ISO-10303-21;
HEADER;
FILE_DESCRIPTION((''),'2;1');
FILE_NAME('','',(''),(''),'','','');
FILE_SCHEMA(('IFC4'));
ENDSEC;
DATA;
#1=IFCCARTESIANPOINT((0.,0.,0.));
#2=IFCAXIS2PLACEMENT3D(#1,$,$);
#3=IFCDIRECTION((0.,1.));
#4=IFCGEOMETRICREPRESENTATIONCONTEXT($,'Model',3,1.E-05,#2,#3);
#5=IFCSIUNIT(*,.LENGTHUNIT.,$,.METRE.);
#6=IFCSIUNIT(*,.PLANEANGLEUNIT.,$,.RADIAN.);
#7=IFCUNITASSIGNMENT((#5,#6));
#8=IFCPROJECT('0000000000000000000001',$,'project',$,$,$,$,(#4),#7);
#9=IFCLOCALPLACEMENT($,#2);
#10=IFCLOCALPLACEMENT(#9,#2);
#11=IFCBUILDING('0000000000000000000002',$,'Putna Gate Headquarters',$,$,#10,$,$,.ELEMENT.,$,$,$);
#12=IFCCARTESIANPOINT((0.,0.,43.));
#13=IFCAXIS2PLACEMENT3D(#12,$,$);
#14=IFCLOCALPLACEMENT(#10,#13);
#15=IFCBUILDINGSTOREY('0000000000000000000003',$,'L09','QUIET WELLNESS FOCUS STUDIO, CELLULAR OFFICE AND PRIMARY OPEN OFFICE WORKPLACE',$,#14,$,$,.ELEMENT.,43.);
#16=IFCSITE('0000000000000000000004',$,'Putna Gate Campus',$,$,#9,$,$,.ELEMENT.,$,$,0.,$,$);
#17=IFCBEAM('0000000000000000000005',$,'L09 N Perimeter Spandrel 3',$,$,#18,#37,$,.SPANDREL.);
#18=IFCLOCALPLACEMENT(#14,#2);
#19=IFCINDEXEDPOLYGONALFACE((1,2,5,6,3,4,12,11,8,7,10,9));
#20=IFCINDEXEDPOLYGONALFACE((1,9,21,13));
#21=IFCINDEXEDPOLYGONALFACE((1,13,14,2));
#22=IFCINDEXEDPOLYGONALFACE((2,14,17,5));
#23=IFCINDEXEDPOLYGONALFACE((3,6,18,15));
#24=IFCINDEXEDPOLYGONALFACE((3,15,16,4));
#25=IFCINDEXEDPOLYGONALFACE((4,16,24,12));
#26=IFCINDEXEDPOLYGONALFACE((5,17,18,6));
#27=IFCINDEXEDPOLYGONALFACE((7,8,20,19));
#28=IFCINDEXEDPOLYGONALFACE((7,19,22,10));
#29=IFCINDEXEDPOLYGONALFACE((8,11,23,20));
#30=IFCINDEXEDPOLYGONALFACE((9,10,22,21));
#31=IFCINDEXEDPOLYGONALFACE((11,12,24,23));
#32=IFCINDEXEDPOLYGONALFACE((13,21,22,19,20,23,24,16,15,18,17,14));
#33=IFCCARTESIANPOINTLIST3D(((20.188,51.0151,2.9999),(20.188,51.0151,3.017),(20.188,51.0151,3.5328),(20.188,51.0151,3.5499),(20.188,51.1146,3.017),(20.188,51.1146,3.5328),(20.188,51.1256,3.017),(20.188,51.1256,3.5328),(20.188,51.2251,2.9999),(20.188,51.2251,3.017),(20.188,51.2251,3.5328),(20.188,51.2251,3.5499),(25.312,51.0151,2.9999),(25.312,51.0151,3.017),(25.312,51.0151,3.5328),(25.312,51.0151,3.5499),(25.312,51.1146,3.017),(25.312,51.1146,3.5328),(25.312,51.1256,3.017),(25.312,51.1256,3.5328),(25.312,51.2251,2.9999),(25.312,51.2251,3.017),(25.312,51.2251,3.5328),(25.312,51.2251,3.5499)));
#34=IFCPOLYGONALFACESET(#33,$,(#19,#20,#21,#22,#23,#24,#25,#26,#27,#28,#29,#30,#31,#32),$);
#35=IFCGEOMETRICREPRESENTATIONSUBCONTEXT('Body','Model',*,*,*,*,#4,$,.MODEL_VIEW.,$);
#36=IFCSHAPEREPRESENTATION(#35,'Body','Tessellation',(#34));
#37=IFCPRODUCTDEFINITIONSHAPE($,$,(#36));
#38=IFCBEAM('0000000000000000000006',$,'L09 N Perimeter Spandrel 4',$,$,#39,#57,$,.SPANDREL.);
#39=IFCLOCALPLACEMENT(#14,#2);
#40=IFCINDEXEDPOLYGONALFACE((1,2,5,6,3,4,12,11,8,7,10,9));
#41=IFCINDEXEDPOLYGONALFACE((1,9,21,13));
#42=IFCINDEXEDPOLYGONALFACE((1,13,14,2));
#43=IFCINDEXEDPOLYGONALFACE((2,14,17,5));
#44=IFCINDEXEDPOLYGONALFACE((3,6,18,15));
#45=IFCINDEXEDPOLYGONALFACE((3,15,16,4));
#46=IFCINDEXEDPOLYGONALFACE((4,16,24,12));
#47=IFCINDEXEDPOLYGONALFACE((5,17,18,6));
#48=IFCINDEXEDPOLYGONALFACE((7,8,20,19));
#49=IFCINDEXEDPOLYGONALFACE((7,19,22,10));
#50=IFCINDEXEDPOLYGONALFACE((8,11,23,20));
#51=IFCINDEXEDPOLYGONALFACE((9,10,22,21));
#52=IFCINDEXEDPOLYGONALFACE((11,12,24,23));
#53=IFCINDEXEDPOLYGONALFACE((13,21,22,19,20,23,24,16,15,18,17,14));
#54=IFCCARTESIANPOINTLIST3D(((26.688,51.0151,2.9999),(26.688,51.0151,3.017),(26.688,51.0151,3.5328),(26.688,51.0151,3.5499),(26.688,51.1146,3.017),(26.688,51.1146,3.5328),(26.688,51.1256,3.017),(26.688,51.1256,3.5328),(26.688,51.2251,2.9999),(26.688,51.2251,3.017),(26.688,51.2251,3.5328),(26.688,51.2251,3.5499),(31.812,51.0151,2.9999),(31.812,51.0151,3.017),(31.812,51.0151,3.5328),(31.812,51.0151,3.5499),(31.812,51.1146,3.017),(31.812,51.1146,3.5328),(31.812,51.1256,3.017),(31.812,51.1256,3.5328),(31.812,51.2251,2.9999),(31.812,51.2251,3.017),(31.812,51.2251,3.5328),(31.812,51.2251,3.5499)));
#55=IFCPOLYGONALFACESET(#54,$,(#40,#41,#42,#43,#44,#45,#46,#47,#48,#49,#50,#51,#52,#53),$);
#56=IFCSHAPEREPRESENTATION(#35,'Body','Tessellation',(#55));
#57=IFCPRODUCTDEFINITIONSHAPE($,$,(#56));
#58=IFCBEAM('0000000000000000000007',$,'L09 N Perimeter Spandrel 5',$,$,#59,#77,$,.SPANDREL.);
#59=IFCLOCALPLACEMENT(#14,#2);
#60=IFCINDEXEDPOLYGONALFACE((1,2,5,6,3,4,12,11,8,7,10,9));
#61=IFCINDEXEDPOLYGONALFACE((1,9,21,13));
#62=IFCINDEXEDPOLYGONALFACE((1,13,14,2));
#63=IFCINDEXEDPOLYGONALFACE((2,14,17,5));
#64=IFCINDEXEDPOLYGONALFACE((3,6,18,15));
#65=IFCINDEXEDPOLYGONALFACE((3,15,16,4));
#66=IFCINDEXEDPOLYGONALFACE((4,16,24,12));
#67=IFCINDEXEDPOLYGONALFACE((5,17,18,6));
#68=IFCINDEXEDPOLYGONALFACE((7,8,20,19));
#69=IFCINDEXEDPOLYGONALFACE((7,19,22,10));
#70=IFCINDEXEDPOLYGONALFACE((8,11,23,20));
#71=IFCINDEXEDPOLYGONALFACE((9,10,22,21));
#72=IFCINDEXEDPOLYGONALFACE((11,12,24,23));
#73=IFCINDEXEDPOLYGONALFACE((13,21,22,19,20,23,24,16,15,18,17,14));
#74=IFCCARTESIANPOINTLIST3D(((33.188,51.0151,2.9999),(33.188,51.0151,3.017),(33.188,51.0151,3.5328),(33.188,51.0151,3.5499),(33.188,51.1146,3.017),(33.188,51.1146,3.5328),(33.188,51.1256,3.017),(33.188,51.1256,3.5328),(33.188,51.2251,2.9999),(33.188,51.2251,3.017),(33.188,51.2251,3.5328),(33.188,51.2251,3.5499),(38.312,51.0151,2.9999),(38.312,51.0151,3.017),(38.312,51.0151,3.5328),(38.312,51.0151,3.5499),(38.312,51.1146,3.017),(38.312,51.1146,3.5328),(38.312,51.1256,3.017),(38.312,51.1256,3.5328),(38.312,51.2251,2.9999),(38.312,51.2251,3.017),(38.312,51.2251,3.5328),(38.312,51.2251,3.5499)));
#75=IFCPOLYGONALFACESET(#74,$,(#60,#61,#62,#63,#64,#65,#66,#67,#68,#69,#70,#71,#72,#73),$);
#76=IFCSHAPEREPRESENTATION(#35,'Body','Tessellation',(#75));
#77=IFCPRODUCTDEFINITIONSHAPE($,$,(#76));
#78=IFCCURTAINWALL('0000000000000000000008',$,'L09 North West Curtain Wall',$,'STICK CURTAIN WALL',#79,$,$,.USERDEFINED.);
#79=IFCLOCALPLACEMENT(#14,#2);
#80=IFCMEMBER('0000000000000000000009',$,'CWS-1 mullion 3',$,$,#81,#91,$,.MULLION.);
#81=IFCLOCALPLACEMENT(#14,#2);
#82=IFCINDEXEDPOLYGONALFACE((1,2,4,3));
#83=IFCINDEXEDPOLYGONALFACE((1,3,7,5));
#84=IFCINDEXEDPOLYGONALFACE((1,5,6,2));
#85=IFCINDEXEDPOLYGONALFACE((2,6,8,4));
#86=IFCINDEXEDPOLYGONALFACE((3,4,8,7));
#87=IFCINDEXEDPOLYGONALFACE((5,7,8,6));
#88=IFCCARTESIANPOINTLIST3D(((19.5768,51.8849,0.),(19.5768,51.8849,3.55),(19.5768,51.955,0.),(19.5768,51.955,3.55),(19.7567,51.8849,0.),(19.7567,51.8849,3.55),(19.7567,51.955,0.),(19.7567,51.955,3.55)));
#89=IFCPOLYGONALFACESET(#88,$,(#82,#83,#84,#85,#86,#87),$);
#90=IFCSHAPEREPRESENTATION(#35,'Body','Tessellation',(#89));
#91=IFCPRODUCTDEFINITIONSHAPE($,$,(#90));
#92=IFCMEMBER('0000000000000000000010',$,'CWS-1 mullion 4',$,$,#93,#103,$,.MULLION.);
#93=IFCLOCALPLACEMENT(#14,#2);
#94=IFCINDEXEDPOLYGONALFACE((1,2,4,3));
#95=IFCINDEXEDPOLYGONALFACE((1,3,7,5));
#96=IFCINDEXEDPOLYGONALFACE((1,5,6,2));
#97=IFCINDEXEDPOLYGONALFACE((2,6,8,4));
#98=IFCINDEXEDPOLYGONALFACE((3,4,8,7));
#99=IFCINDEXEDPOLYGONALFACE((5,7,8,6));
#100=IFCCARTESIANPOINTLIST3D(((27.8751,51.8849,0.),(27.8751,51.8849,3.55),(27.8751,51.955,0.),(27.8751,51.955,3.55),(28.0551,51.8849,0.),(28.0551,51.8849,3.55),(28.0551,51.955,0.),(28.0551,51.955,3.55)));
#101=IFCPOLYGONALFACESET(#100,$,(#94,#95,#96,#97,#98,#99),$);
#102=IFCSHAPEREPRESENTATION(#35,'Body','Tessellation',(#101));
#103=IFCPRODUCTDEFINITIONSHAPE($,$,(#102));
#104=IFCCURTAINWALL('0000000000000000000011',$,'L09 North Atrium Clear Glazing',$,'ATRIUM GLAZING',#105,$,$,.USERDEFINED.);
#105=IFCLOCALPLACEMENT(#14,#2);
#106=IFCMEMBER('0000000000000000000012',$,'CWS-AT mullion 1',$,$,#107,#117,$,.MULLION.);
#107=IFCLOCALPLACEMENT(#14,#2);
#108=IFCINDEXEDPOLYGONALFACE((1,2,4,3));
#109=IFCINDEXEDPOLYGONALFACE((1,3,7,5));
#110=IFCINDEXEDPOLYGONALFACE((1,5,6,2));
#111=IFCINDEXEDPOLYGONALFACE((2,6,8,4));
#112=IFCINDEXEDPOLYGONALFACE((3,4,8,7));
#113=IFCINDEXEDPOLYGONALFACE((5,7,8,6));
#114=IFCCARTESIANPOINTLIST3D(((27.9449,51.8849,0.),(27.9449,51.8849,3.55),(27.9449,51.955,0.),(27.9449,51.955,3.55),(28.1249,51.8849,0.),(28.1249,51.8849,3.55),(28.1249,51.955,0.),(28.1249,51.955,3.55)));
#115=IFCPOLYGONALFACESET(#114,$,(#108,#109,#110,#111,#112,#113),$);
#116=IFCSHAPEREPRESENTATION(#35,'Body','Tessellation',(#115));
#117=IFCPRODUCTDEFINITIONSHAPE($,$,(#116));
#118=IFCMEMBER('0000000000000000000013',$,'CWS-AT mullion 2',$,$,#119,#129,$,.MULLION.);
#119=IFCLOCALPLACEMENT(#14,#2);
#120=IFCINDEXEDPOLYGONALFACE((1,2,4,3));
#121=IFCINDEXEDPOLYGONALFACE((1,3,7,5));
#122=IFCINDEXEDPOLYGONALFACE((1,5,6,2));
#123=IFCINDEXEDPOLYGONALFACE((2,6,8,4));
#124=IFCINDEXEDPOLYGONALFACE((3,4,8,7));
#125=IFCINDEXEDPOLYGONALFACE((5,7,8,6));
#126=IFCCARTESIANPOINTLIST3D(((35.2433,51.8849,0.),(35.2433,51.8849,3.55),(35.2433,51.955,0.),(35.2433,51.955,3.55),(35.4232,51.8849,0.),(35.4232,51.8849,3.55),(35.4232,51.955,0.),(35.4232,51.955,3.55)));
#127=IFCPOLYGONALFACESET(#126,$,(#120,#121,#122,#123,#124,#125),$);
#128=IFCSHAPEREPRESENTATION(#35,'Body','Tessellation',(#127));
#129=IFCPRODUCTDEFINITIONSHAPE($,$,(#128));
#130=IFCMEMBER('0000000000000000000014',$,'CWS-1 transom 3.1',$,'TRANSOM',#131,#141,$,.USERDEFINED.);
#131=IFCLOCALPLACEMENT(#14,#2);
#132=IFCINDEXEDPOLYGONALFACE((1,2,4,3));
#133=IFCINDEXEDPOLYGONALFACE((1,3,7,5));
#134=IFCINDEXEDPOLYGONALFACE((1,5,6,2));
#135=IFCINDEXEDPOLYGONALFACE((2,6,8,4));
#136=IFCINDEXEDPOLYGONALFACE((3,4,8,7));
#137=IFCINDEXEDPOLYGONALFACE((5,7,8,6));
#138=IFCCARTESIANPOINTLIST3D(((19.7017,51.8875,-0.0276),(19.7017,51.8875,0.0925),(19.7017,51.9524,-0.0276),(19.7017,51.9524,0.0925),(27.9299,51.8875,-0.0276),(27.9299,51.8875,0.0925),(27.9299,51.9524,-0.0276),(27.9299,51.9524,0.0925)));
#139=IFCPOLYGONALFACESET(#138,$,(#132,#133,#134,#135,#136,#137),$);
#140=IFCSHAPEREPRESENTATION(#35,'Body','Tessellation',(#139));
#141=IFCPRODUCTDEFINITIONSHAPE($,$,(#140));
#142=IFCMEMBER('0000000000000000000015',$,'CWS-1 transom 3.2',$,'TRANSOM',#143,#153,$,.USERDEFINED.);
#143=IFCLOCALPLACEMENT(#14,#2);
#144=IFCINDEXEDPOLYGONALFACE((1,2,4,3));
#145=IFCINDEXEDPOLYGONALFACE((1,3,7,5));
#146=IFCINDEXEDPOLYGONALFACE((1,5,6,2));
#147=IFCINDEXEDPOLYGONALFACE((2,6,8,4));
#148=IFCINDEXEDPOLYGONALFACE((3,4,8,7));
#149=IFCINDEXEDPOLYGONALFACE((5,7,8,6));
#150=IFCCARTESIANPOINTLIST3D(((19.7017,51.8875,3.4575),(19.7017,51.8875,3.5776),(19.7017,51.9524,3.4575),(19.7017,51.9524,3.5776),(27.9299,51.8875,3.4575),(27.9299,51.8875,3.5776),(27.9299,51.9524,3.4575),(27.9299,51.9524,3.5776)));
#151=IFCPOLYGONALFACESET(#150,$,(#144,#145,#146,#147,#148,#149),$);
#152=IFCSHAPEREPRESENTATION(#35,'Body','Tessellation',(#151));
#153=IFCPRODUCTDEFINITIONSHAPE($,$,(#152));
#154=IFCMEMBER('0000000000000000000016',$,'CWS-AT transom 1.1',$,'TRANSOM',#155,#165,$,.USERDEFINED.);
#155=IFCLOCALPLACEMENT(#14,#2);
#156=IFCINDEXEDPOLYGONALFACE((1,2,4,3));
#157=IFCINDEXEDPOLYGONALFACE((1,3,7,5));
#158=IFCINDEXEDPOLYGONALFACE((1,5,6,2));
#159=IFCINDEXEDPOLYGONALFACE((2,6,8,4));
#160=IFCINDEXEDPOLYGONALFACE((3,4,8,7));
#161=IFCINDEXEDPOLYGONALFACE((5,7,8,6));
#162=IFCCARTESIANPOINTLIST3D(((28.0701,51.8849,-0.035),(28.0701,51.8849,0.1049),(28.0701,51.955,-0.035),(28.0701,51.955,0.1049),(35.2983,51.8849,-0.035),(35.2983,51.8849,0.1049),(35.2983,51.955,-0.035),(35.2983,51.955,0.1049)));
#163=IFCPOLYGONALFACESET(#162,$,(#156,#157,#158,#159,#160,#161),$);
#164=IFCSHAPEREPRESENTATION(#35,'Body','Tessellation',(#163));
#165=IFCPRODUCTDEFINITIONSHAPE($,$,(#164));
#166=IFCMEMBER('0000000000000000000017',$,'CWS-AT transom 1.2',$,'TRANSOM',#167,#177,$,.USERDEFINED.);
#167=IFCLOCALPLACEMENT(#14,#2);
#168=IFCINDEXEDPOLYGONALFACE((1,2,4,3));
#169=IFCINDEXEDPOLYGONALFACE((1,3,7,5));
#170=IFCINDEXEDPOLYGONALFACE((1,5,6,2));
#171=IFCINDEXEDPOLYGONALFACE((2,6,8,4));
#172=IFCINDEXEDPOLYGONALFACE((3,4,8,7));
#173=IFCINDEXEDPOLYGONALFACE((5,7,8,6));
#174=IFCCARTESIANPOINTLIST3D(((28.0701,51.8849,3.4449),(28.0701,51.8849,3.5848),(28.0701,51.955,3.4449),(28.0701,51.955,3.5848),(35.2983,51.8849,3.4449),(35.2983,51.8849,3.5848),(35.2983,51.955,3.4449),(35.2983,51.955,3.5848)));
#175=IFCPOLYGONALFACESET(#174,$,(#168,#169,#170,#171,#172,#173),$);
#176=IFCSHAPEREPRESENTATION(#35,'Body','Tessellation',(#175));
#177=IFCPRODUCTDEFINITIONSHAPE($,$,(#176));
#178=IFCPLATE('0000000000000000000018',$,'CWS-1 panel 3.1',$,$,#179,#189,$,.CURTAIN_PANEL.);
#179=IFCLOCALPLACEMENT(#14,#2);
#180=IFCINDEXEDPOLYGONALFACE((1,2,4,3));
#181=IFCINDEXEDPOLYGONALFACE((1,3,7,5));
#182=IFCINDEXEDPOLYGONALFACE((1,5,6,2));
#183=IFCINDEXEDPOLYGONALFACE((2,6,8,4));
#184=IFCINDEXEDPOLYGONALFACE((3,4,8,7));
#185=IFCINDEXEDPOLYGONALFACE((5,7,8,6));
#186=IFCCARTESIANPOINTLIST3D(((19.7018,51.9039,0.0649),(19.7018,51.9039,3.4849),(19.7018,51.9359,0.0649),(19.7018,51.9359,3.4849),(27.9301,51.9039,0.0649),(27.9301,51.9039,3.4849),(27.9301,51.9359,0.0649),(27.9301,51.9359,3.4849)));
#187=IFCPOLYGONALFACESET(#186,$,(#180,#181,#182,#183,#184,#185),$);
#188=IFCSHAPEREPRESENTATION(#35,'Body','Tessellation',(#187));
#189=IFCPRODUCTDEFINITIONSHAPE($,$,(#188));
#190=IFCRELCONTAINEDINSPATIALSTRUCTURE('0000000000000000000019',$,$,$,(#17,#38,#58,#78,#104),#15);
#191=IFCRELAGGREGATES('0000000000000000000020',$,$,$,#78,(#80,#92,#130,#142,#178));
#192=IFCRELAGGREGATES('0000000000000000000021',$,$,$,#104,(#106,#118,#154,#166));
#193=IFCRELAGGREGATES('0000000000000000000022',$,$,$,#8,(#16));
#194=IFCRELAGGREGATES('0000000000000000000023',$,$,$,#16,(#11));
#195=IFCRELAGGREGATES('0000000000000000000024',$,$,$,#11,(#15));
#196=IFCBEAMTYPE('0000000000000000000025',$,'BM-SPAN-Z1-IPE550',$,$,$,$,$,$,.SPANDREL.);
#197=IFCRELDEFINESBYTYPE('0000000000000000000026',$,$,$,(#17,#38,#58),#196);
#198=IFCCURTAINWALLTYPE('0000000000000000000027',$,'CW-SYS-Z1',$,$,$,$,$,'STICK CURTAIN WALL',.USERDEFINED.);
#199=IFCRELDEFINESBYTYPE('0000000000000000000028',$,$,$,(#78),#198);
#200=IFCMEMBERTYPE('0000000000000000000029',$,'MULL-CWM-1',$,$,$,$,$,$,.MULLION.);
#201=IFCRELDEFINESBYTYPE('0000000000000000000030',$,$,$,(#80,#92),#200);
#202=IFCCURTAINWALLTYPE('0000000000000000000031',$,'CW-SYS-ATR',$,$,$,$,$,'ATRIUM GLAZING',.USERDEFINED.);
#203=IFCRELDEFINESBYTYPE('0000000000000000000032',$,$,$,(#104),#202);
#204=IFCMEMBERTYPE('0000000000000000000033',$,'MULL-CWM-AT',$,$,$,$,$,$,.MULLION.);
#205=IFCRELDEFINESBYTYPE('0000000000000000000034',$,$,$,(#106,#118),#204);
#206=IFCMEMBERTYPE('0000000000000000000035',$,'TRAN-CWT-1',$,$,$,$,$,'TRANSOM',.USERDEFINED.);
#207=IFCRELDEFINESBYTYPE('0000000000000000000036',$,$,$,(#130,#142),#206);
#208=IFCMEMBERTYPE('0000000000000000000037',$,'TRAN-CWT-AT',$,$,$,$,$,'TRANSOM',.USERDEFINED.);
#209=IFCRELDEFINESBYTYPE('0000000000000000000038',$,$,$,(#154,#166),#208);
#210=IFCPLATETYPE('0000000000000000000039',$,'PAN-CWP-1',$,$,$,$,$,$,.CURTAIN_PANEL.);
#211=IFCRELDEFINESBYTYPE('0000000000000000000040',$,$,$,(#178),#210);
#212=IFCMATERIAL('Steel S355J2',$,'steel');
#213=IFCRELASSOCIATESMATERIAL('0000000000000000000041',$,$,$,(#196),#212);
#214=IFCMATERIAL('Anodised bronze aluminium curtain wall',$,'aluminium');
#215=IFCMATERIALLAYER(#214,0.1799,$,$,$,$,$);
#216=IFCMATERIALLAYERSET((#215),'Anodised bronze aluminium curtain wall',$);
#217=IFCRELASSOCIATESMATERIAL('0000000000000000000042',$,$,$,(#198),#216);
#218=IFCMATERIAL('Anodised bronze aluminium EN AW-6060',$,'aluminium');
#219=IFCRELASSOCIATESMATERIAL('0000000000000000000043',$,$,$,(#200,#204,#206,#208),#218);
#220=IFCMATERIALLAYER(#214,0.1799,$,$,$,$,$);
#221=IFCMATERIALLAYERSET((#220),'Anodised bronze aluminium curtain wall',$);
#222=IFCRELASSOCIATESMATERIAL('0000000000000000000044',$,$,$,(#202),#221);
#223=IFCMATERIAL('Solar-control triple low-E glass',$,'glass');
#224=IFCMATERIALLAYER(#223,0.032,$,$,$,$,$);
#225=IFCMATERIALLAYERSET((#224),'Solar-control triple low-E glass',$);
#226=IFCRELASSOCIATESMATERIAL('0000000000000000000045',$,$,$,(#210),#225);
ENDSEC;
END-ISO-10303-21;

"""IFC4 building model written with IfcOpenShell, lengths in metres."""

from ifc_helpers import new_model, si_unit, direction, frame, origin, origin_2d, place, context, subcontext, project, spatial, rectangle, i_section, extrude, material, layer, layer_set, material_profile, profile_set, type_object, element, aggregate, save


model = new_model("IFC4")

# Units and contexts
model_context = context("Model", 3, precision=1e-05, world=origin(), true_north=direction((0.0, 1.0)))
body_context = subcontext(model_context, "Body", "Model", "MODEL_VIEW")
ifc_project = project(units=[si_unit("LENGTHUNIT", "METRE"), si_unit("PLANEANGLEUNIT", "RADIAN")], contexts=[model_context])

# Site, building, storey
site_placement = place(None, origin())
site = spatial("IfcSite", under=ifc_project, at=site_placement, Name="Putna Gate Campus", CompositionType="ELEMENT", RefElevation=0.0)
building_placement = place(site_placement, origin())
building = spatial("IfcBuilding", under=site, at=building_placement, Name="Putna Gate Headquarters", CompositionType="ELEMENT")
storey_placement = place(building_placement, frame((0.0, 0.0, 43.0)))
storey = spatial("IfcBuildingStorey", under=building, at=storey_placement, Name="L09", Description="QUIET WELLNESS FOCUS STUDIO, CELLULAR OFFICE AND PRIMARY OPEN OFFICE WORKPLACE", CompositionType="ELEMENT", Elevation=43.0)

# Beams
ifc_material_1 = material(Name="Steel S355J2", Category="steel")
ifc_material_profile_1 = material_profile(ifc_material_1, i_section(OverallWidth=0.21, OverallDepth=0.55, WebThickness=0.011, FlangeThickness=0.0171, at=origin_2d()), Name="Steel S355J2")
ifc_profile_set_1 = profile_set([ifc_material_profile_1], Name="Steel S355J2")
beam_type_1 = type_object("IfcBeamType", Name="BM-SPAN-Z1-IPE550", PredefinedType="SPANDREL", material=ifc_profile_set_1)
for number, where, z_axis, x_axis, name in (
    (1, (20.188, 51.1201, 3.2749), (1.0, 0.0, 0.0), (0.0, 1.0, 0.0), "L09 N Perimeter Spandrel 3"),
    (2, (26.688, 51.1201, 3.2749), (1.0, 0.0, 0.0), (0.0, 1.0, 0.0), "L09 N Perimeter Spandrel 4"),
    (3, (33.188, 51.1201, 3.2749), (1.0, 0.0, 0.0), (0.0, 1.0, 0.0), "L09 N Perimeter Spandrel 5"),
):
    element("IfcBeam", number, at=place(storey_placement, frame(where, z_axis=z_axis, x_axis=x_axis)), inside=storey, type_object=beam_type_1, Name=name, PredefinedType="SPANDREL", context=body_context, shape_type="SweptSolid", body=[
        extrude(i_section(OverallWidth=0.21, OverallDepth=0.55, WebThickness=0.011, FlangeThickness=0.0171, at=origin_2d()), origin(), (0.0, 0.0, 1.0), 5.124),
    ])

# Curtain walls, members
ifc_material_2 = material(Name="Anodised bronze aluminium curtain wall", Category="aluminium")
ifc_layer_1 = layer(ifc_material_2, 0.1799)
ifc_layer_set_1 = layer_set([ifc_layer_1], Name="Anodised bronze aluminium curtain wall")
curtain_wall_type_1 = type_object("IfcCurtainWallType", Name="CW-SYS-Z1", ElementType="STICK CURTAIN WALL", PredefinedType="USERDEFINED", material=ifc_layer_set_1)
curtain_wall_1_placement = place(storey_placement, origin())
curtain_wall_1 = element("IfcCurtainWall", 4, at=curtain_wall_1_placement, inside=storey, type_object=curtain_wall_type_1, Name="L09 North West Curtain Wall", ObjectType="STICK CURTAIN WALL", PredefinedType="USERDEFINED")
ifc_material_3 = material(Name="Anodised bronze aluminium EN AW-6060", Category="aluminium")
ifc_material_profile_2 = material_profile(ifc_material_3, rectangle(XDim=0.0701, YDim=0.1799, at=origin_2d()), Name="Anodised bronze aluminium EN AW-6060")
ifc_profile_set_2 = profile_set([ifc_material_profile_2], Name="Anodised bronze aluminium EN AW-6060")
member_type_1 = type_object("IfcMemberType", Name="MULL-CWM-1", PredefinedType="MULLION", material=ifc_profile_set_2)
member_1_placement = place(storey_placement, frame((19.6667, 51.9199, 0.0), z_axis=(0.0, 0.0, 1.0), x_axis=(0.0, 1.0, 0.0)))
member_1 = element("IfcMember", 5, at=member_1_placement, type_object=member_type_1, Name="CWS-1 mullion 3", PredefinedType="MULLION", context=body_context, shape_type="SweptSolid", body=[
    extrude(rectangle(XDim=0.0701, YDim=0.1799, at=origin_2d()), origin(), (0.0, 0.0, 1.0), 3.55),
])
member_2_placement = place(storey_placement, frame((27.9651, 51.9199, 0.0), z_axis=(0.0, 0.0, 1.0), x_axis=(0.0, 1.0, 0.0)))
member_2 = element("IfcMember", 6, at=member_2_placement, type_object=member_type_1, Name="CWS-1 mullion 4", PredefinedType="MULLION", context=body_context, shape_type="SweptSolid", body=[
    extrude(rectangle(XDim=0.0701, YDim=0.1799, at=origin_2d()), origin(), (0.0, 0.0, 1.0), 3.55),
])
ifc_layer_2 = layer(ifc_material_2, 0.1799)
ifc_layer_set_2 = layer_set([ifc_layer_2], Name="Anodised bronze aluminium curtain wall")
curtain_wall_type_2 = type_object("IfcCurtainWallType", Name="CW-SYS-ATR", ElementType="ATRIUM GLAZING", PredefinedType="USERDEFINED", material=ifc_layer_set_2)
curtain_wall_2_placement = place(storey_placement, origin())
curtain_wall_2 = element("IfcCurtainWall", 7, at=curtain_wall_2_placement, inside=storey, type_object=curtain_wall_type_2, Name="L09 North Atrium Clear Glazing", ObjectType="ATRIUM GLAZING", PredefinedType="USERDEFINED")
ifc_material_profile_3 = material_profile(ifc_material_3, rectangle(XDim=0.0701, YDim=0.1799, at=origin_2d()), Name="Anodised bronze aluminium EN AW-6060")
ifc_profile_set_3 = profile_set([ifc_material_profile_3], Name="Anodised bronze aluminium EN AW-6060")
member_type_2 = type_object("IfcMemberType", Name="MULL-CWM-AT", PredefinedType="MULLION", material=ifc_profile_set_3)
member_3_placement = place(storey_placement, frame((28.0349, 51.9199, 0.0), z_axis=(0.0, 0.0, 1.0), x_axis=(0.0, 1.0, 0.0)))
member_3 = element("IfcMember", 8, at=member_3_placement, type_object=member_type_2, Name="CWS-AT mullion 1", PredefinedType="MULLION", context=body_context, shape_type="SweptSolid", body=[
    extrude(rectangle(XDim=0.0701, YDim=0.1799, at=origin_2d()), origin(), (0.0, 0.0, 1.0), 3.55),
])
member_4_placement = place(storey_placement, frame((35.3333, 51.9199, 0.0), z_axis=(0.0, 0.0, 1.0), x_axis=(0.0, 1.0, 0.0)))
member_4 = element("IfcMember", 9, at=member_4_placement, type_object=member_type_2, Name="CWS-AT mullion 2", PredefinedType="MULLION", context=body_context, shape_type="SweptSolid", body=[
    extrude(rectangle(XDim=0.0701, YDim=0.1799, at=origin_2d()), origin(), (0.0, 0.0, 1.0), 3.55),
])

# Members
ifc_material_profile_4 = material_profile(ifc_material_3, rectangle(XDim=0.0649, YDim=0.1201, at=origin_2d()), Name="Anodised bronze aluminium EN AW-6060")
ifc_profile_set_4 = profile_set([ifc_material_profile_4], Name="Anodised bronze aluminium EN AW-6060")
member_type_3 = type_object("IfcMemberType", Name="TRAN-CWT-1", ElementType="TRANSOM", PredefinedType="USERDEFINED", material=ifc_profile_set_4)
member_5_placement = place(storey_placement, frame((19.7017, 51.9199, 0.0325), z_axis=(1.0, 0.0, 0.0), x_axis=(0.0, 1.0, 0.0)))
member_5 = element("IfcMember", 10, at=member_5_placement, type_object=member_type_3, Name="CWS-1 transom 3.1", ObjectType="TRANSOM", PredefinedType="USERDEFINED", context=body_context, shape_type="SweptSolid", body=[
    extrude(rectangle(XDim=0.0649, YDim=0.1201, at=origin_2d()), origin(), (0.0, 0.0, 1.0), 8.2283),
])
member_6_placement = place(storey_placement, frame((19.7017, 51.9199, 3.5176), z_axis=(1.0, 0.0, 0.0), x_axis=(0.0, 1.0, 0.0)))
member_6 = element("IfcMember", 11, at=member_6_placement, type_object=member_type_3, Name="CWS-1 transom 3.2", ObjectType="TRANSOM", PredefinedType="USERDEFINED", context=body_context, shape_type="SweptSolid", body=[
    extrude(rectangle(XDim=0.0649, YDim=0.1201, at=origin_2d()), origin(), (0.0, 0.0, 1.0), 8.2283),
])
ifc_material_profile_5 = material_profile(ifc_material_3, rectangle(XDim=0.0701, YDim=0.1399, at=origin_2d()), Name="Anodised bronze aluminium EN AW-6060")
ifc_profile_set_5 = profile_set([ifc_material_profile_5], Name="Anodised bronze aluminium EN AW-6060")
member_type_4 = type_object("IfcMemberType", Name="TRAN-CWT-AT", ElementType="TRANSOM", PredefinedType="USERDEFINED", material=ifc_profile_set_5)
member_7_placement = place(storey_placement, frame((28.0701, 51.9199, 0.0349), z_axis=(1.0, 0.0, 0.0), x_axis=(0.0, 1.0, 0.0)))
member_7 = element("IfcMember", 12, at=member_7_placement, type_object=member_type_4, Name="CWS-AT transom 1.1", ObjectType="TRANSOM", PredefinedType="USERDEFINED", context=body_context, shape_type="SweptSolid", body=[
    extrude(rectangle(XDim=0.0701, YDim=0.1399, at=origin_2d()), origin(), (0.0, 0.0, 1.0), 7.2283),
])
member_8_placement = place(storey_placement, frame((28.0701, 51.9199, 3.5149), z_axis=(1.0, 0.0, 0.0), x_axis=(0.0, 1.0, 0.0)))
member_8 = element("IfcMember", 13, at=member_8_placement, type_object=member_type_4, Name="CWS-AT transom 1.2", ObjectType="TRANSOM", PredefinedType="USERDEFINED", context=body_context, shape_type="SweptSolid", body=[
    extrude(rectangle(XDim=0.0701, YDim=0.1399, at=origin_2d()), origin(), (0.0, 0.0, 1.0), 7.2283),
])

# Plate
ifc_material_4 = material(Name="Solar-control triple low-E glass", Category="glass")
ifc_layer_3 = layer(ifc_material_4, 0.032)
ifc_layer_set_3 = layer_set([ifc_layer_3], Name="Solar-control triple low-E glass")
plate_type_1 = type_object("IfcPlateType", Name="PAN-CWP-1", PredefinedType="CURTAIN_PANEL", material=ifc_layer_set_3)
plate_1_placement = place(storey_placement, frame((23.8159, 51.9199, 0.0649), z_axis=(0.0, 0.0, 1.0), x_axis=(1.0, 0.0, 0.0)))
plate_1 = element("IfcPlate", 14, at=plate_1_placement, type_object=plate_type_1, Name="CWS-1 panel 3.1", PredefinedType="CURTAIN_PANEL", context=body_context, shape_type="SweptSolid", body=[
    extrude(rectangle(XDim=8.2283, YDim=0.032, at=origin_2d()), origin(), (0.0, 0.0, 1.0), 3.4199),
])
aggregate(curtain_wall_1, [member_1, member_2, member_5, member_6, plate_1])
aggregate(curtain_wall_2, [member_3, member_4, member_7, member_8])

save(model, "model.ifc")
